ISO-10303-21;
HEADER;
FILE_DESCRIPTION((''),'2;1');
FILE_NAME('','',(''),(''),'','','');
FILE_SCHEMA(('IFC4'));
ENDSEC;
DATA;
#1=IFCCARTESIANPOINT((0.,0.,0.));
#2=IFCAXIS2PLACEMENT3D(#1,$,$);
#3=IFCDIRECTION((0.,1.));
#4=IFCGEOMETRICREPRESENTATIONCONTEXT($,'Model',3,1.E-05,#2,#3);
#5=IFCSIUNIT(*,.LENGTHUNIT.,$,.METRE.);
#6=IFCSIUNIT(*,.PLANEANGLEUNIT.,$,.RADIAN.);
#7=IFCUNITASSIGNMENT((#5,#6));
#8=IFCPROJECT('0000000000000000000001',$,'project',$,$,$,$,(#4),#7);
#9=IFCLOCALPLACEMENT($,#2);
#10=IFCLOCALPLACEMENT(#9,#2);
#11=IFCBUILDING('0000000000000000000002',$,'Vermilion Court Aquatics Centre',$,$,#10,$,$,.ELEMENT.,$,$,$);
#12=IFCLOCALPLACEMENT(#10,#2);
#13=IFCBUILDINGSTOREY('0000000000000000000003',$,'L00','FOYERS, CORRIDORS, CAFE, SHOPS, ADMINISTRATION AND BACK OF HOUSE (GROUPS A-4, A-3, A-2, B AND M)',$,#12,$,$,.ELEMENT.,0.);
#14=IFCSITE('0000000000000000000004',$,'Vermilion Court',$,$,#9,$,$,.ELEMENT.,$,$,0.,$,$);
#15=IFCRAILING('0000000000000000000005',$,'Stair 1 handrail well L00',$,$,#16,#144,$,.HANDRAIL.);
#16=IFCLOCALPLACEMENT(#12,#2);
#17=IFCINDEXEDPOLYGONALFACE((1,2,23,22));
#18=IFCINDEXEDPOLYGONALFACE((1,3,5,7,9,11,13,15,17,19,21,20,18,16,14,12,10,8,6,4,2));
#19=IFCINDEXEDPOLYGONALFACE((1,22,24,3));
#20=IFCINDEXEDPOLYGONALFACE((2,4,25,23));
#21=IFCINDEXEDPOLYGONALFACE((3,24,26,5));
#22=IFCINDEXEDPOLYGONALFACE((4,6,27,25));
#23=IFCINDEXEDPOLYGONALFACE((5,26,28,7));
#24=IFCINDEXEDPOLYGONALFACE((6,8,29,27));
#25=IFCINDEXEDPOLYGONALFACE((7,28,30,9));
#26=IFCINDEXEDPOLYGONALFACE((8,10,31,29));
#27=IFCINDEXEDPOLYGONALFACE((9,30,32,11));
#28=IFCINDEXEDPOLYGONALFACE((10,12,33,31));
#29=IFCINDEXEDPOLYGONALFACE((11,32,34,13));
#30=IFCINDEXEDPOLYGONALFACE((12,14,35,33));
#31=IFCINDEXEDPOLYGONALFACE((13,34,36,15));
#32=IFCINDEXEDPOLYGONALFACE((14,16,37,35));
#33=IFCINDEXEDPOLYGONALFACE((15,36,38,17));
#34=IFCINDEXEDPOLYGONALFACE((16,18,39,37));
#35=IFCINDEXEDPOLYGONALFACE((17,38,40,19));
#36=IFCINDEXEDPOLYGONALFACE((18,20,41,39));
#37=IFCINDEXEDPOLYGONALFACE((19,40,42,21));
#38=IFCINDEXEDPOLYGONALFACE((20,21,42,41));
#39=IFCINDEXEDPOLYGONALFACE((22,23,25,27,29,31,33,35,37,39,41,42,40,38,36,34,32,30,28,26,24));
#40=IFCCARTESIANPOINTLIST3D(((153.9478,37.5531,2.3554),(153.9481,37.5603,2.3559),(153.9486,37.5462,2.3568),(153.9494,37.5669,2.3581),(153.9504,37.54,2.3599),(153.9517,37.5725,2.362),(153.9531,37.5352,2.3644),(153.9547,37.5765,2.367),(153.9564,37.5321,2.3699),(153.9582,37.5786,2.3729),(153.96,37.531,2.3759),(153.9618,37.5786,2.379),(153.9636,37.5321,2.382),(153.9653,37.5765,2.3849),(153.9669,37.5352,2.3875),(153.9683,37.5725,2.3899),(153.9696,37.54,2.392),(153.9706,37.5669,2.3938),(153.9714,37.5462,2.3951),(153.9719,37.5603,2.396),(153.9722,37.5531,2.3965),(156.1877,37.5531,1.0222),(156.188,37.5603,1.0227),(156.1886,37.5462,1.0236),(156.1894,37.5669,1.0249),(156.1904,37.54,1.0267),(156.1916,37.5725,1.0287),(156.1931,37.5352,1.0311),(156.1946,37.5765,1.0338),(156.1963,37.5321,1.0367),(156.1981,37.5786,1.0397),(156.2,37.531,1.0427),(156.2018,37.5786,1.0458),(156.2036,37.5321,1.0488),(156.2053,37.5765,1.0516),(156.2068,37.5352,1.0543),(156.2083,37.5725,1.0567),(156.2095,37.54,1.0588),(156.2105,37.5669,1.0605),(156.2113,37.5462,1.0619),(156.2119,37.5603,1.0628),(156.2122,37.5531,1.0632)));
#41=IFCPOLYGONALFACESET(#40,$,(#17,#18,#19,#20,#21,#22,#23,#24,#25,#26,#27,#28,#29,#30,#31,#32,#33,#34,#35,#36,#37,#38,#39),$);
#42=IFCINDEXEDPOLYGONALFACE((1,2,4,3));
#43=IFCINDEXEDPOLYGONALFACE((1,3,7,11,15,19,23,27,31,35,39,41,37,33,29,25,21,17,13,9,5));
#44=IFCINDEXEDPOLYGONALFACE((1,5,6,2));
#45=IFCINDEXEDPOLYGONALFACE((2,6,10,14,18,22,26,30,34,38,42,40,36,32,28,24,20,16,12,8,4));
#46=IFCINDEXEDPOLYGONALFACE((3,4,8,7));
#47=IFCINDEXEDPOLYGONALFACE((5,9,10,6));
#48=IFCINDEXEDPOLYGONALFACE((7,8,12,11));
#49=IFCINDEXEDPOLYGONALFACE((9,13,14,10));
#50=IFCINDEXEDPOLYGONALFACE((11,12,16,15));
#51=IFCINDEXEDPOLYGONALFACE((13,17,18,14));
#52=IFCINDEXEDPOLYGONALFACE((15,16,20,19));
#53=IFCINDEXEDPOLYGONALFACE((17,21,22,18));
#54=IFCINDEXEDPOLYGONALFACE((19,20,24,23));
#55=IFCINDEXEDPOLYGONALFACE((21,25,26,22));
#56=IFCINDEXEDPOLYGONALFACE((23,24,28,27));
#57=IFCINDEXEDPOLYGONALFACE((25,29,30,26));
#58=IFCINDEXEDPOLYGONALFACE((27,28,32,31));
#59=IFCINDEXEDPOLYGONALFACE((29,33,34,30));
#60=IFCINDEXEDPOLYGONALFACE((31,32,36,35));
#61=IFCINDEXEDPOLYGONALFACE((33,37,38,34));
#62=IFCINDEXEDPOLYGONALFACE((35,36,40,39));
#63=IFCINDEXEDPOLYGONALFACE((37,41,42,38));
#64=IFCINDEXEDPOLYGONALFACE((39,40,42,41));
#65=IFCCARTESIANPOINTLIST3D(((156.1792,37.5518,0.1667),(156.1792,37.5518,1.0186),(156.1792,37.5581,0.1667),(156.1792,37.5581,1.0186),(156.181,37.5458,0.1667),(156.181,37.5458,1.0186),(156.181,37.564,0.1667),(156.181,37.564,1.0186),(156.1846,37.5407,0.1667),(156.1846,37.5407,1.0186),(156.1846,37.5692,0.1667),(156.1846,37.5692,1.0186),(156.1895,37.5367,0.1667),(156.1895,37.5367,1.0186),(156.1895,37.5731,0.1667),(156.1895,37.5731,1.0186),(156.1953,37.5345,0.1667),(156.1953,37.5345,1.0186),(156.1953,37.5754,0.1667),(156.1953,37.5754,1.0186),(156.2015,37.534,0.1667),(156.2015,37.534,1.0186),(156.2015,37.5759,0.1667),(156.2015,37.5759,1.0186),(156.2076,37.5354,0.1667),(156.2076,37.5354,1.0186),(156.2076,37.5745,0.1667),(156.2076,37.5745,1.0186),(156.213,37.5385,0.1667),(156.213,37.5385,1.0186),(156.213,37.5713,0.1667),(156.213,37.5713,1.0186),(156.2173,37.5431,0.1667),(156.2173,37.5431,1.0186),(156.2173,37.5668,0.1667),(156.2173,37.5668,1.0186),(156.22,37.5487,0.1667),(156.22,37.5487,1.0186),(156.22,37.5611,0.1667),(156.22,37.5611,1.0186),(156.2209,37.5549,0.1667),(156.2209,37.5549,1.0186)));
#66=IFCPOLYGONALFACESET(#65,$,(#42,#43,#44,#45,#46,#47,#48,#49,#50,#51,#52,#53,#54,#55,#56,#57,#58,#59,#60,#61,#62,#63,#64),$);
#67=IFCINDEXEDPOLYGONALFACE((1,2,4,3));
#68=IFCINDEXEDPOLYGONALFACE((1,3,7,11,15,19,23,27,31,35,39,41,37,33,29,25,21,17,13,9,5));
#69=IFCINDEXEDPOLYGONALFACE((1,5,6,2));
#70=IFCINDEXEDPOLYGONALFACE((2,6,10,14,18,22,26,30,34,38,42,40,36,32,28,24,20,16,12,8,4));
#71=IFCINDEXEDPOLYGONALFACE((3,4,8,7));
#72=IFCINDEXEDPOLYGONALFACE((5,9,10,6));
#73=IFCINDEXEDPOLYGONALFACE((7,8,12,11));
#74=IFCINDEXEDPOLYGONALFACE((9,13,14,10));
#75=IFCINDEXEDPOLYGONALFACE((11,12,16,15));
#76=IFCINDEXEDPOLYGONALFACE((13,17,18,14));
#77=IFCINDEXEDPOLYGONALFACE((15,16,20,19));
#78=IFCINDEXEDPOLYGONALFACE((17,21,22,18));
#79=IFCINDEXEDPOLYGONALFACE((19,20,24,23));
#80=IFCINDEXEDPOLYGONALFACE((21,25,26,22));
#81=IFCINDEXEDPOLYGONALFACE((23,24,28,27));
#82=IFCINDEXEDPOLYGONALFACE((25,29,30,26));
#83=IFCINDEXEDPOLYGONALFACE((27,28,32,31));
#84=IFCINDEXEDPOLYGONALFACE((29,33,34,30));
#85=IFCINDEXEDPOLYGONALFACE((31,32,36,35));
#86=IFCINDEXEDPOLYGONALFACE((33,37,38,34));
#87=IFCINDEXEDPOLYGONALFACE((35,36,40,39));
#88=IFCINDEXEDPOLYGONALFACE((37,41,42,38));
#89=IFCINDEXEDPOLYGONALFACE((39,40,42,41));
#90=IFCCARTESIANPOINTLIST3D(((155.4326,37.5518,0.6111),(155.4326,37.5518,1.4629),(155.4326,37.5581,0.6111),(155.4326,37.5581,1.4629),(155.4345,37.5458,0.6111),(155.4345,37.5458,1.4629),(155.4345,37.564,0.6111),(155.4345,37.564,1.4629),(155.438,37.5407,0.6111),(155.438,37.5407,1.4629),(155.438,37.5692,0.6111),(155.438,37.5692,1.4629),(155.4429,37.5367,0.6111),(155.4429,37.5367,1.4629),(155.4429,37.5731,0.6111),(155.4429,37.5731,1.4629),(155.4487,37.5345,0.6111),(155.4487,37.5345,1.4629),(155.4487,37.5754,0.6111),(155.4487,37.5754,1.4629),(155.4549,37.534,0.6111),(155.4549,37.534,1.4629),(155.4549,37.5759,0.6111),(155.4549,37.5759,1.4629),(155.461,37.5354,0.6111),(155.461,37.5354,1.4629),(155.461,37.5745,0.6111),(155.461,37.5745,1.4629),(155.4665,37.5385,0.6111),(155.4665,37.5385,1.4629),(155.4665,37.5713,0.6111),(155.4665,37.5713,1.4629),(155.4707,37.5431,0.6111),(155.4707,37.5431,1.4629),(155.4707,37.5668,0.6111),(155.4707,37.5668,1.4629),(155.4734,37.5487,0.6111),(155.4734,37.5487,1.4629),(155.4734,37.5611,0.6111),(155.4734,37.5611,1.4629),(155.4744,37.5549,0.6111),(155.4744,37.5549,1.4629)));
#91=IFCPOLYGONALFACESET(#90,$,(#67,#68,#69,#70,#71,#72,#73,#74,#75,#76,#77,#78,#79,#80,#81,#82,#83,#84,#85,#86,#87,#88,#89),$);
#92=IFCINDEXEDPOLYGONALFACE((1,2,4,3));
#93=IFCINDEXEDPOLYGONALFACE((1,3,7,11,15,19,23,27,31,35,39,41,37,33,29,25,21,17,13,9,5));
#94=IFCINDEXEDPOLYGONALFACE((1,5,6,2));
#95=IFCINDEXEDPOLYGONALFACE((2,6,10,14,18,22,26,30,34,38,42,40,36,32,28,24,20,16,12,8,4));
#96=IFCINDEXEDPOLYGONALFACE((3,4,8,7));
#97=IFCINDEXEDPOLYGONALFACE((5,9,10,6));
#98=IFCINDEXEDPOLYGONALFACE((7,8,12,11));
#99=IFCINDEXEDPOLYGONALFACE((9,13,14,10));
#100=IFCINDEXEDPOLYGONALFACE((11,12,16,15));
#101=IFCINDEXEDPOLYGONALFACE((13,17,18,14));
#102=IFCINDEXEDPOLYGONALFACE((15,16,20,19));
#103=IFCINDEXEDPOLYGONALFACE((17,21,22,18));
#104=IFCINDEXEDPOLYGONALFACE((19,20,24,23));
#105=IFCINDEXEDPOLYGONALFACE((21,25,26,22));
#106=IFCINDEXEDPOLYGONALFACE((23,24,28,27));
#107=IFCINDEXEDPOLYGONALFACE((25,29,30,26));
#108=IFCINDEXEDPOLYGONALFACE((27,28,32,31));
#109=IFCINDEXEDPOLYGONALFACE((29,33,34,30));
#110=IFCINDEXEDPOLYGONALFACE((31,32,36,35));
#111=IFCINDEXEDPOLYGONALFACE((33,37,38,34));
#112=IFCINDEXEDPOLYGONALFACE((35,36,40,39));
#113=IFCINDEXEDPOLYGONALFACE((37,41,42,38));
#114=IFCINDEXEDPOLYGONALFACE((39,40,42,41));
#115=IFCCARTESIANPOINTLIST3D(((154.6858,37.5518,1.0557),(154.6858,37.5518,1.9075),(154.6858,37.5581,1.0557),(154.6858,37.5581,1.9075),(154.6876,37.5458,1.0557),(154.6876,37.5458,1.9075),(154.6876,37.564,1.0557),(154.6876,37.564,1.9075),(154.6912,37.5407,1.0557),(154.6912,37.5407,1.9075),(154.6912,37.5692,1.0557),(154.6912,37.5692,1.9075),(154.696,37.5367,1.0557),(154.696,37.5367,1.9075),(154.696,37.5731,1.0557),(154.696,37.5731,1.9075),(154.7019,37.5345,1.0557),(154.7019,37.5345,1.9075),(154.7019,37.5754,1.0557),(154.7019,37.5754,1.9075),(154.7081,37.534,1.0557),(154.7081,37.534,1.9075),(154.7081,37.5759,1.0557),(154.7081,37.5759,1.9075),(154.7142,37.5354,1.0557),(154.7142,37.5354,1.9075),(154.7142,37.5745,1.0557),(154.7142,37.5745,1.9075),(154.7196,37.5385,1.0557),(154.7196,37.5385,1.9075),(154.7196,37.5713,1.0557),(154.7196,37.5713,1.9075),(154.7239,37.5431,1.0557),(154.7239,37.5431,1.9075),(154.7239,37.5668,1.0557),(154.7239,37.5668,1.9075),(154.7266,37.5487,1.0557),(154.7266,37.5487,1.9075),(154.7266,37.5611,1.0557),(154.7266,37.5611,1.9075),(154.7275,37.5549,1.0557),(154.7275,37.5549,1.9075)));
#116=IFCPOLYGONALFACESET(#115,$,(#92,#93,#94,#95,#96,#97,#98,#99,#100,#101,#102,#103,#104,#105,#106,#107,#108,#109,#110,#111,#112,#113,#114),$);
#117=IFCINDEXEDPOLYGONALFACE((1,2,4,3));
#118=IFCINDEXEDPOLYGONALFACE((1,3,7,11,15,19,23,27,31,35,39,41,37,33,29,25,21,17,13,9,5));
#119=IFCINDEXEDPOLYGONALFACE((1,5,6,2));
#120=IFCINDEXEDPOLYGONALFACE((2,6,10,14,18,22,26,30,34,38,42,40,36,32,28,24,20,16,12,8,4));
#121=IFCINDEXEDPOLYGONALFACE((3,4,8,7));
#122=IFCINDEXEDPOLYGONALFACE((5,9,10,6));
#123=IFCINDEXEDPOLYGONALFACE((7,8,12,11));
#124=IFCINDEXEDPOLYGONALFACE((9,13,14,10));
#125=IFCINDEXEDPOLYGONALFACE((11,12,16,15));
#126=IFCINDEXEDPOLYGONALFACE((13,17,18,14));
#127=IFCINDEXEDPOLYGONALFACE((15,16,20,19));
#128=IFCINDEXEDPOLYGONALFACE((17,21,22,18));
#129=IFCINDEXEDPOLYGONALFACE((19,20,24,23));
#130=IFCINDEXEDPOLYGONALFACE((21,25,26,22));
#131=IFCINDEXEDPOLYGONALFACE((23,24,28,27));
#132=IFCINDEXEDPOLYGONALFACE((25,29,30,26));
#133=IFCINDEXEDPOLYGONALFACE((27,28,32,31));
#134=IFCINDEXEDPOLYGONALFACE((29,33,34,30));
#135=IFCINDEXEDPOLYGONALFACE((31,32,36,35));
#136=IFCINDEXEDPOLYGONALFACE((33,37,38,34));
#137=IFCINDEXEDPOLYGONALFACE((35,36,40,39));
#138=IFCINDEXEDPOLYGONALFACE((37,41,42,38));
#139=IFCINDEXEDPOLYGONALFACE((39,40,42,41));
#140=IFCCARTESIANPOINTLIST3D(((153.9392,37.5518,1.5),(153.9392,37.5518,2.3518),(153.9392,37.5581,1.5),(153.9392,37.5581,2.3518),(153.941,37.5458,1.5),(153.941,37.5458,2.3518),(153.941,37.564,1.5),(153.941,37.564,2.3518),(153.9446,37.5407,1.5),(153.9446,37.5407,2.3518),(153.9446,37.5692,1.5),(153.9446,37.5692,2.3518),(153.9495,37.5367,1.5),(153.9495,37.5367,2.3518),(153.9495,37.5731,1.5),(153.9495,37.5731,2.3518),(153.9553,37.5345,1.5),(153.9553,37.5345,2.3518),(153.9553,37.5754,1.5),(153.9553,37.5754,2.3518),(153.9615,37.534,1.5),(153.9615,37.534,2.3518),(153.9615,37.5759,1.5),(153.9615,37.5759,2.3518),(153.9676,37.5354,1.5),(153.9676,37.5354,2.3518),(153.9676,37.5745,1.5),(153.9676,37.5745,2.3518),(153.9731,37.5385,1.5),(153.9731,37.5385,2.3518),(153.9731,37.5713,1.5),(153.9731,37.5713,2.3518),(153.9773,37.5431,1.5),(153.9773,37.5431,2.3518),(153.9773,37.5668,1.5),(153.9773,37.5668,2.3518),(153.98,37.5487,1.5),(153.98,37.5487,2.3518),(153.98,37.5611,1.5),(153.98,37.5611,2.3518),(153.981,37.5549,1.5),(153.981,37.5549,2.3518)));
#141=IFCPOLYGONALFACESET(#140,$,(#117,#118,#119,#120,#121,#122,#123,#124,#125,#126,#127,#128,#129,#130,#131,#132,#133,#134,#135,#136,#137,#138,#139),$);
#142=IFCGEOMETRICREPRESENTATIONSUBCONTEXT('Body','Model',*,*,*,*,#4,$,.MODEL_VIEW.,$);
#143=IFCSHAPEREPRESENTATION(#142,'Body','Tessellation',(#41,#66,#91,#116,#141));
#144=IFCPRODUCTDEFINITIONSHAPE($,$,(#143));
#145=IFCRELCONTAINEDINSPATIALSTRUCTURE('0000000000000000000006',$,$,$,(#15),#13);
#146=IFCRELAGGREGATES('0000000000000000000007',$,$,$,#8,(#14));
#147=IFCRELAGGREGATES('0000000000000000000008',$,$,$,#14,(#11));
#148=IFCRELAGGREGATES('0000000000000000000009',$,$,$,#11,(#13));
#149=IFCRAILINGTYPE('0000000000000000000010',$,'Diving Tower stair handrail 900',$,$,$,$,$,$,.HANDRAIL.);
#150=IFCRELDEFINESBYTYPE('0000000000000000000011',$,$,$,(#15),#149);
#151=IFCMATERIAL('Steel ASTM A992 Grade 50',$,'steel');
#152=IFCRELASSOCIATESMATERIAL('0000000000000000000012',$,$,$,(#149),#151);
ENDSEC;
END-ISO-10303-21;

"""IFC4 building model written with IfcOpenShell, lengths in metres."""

from ifc_helpers import new_model, si_unit, direction, frame, origin, origin_2d, place, context, subcontext, project, spatial, circle, extrude, material, type_object, element, save


model = new_model("IFC4")

# Units and contexts
model_context = context("Model", 3, precision=1e-05, world=origin(), true_north=direction((0.0, 1.0)))
body_context = subcontext(model_context, "Body", "Model", "MODEL_VIEW")
ifc_project = project(units=[si_unit("LENGTHUNIT", "METRE"), si_unit("PLANEANGLEUNIT", "RADIAN")], contexts=[model_context])

# Site, building, storey
site_placement = place(None, origin())
site = spatial("IfcSite", under=ifc_project, at=site_placement, Name="Vermilion Court", CompositionType="ELEMENT", RefElevation=0.0)
building_placement = place(site_placement, origin())
building = spatial("IfcBuilding", under=site, at=building_placement, Name="Vermilion Court Aquatics Centre", CompositionType="ELEMENT")
storey_placement = place(building_placement, origin())
storey = spatial("IfcBuildingStorey", under=building, at=storey_placement, Name="L00", Description="FOYERS, CORRIDORS, CAFE, SHOPS, ADMINISTRATION AND BACK OF HOUSE (GROUPS A-4, A-3, A-2, B AND M)", CompositionType="ELEMENT", Elevation=0.0)

# Railing
ifc_material_1 = material(Name="Steel ASTM A992 Grade 50", Category="steel")
railing_type_1 = type_object("IfcRailingType", Name="Diving Tower stair handrail 900", PredefinedType="HANDRAIL", material=ifc_material_1)
for number, where, name in (
    (1, (156.2, 37.5549, 0.1667), "Stair 1 handrail well L00"),
):
    element("IfcRailing", number, at=place(storey_placement, frame(where)), inside=storey, type_object=railing_type_1, Name=name, PredefinedType="HANDRAIL", context=body_context, shape_type="SweptSolid", body=[
        extrude(circle(Radius=0.0239, at=origin_2d()), frame((0.0, 0.0, 0.876), z_axis=(-0.859306, 0.0, 0.511462), x_axis=(0.0, -1.0, 0.0)), (0.0, 0.0, 1.0), 2.6067),
        extrude(circle(Radius=0.021, at=origin_2d()), origin(), (0.0, 0.0, 1.0), 0.8518),
        extrude(circle(Radius=0.021, at=origin_2d()), frame((-0.7466, 0.0, 0.4443)), (0.0, 0.0, 1.0), 0.8518),
        extrude(circle(Radius=0.021, at=origin_2d()), frame((-1.4934, 0.0, 0.8889)), (0.0, 0.0, 1.0), 0.8518),
        extrude(circle(Radius=0.021, at=origin_2d()), frame((-2.24, 0.0, 1.3333)), (0.0, 0.0, 1.0), 0.8518),
    ])

save(model, "model.ifc")
